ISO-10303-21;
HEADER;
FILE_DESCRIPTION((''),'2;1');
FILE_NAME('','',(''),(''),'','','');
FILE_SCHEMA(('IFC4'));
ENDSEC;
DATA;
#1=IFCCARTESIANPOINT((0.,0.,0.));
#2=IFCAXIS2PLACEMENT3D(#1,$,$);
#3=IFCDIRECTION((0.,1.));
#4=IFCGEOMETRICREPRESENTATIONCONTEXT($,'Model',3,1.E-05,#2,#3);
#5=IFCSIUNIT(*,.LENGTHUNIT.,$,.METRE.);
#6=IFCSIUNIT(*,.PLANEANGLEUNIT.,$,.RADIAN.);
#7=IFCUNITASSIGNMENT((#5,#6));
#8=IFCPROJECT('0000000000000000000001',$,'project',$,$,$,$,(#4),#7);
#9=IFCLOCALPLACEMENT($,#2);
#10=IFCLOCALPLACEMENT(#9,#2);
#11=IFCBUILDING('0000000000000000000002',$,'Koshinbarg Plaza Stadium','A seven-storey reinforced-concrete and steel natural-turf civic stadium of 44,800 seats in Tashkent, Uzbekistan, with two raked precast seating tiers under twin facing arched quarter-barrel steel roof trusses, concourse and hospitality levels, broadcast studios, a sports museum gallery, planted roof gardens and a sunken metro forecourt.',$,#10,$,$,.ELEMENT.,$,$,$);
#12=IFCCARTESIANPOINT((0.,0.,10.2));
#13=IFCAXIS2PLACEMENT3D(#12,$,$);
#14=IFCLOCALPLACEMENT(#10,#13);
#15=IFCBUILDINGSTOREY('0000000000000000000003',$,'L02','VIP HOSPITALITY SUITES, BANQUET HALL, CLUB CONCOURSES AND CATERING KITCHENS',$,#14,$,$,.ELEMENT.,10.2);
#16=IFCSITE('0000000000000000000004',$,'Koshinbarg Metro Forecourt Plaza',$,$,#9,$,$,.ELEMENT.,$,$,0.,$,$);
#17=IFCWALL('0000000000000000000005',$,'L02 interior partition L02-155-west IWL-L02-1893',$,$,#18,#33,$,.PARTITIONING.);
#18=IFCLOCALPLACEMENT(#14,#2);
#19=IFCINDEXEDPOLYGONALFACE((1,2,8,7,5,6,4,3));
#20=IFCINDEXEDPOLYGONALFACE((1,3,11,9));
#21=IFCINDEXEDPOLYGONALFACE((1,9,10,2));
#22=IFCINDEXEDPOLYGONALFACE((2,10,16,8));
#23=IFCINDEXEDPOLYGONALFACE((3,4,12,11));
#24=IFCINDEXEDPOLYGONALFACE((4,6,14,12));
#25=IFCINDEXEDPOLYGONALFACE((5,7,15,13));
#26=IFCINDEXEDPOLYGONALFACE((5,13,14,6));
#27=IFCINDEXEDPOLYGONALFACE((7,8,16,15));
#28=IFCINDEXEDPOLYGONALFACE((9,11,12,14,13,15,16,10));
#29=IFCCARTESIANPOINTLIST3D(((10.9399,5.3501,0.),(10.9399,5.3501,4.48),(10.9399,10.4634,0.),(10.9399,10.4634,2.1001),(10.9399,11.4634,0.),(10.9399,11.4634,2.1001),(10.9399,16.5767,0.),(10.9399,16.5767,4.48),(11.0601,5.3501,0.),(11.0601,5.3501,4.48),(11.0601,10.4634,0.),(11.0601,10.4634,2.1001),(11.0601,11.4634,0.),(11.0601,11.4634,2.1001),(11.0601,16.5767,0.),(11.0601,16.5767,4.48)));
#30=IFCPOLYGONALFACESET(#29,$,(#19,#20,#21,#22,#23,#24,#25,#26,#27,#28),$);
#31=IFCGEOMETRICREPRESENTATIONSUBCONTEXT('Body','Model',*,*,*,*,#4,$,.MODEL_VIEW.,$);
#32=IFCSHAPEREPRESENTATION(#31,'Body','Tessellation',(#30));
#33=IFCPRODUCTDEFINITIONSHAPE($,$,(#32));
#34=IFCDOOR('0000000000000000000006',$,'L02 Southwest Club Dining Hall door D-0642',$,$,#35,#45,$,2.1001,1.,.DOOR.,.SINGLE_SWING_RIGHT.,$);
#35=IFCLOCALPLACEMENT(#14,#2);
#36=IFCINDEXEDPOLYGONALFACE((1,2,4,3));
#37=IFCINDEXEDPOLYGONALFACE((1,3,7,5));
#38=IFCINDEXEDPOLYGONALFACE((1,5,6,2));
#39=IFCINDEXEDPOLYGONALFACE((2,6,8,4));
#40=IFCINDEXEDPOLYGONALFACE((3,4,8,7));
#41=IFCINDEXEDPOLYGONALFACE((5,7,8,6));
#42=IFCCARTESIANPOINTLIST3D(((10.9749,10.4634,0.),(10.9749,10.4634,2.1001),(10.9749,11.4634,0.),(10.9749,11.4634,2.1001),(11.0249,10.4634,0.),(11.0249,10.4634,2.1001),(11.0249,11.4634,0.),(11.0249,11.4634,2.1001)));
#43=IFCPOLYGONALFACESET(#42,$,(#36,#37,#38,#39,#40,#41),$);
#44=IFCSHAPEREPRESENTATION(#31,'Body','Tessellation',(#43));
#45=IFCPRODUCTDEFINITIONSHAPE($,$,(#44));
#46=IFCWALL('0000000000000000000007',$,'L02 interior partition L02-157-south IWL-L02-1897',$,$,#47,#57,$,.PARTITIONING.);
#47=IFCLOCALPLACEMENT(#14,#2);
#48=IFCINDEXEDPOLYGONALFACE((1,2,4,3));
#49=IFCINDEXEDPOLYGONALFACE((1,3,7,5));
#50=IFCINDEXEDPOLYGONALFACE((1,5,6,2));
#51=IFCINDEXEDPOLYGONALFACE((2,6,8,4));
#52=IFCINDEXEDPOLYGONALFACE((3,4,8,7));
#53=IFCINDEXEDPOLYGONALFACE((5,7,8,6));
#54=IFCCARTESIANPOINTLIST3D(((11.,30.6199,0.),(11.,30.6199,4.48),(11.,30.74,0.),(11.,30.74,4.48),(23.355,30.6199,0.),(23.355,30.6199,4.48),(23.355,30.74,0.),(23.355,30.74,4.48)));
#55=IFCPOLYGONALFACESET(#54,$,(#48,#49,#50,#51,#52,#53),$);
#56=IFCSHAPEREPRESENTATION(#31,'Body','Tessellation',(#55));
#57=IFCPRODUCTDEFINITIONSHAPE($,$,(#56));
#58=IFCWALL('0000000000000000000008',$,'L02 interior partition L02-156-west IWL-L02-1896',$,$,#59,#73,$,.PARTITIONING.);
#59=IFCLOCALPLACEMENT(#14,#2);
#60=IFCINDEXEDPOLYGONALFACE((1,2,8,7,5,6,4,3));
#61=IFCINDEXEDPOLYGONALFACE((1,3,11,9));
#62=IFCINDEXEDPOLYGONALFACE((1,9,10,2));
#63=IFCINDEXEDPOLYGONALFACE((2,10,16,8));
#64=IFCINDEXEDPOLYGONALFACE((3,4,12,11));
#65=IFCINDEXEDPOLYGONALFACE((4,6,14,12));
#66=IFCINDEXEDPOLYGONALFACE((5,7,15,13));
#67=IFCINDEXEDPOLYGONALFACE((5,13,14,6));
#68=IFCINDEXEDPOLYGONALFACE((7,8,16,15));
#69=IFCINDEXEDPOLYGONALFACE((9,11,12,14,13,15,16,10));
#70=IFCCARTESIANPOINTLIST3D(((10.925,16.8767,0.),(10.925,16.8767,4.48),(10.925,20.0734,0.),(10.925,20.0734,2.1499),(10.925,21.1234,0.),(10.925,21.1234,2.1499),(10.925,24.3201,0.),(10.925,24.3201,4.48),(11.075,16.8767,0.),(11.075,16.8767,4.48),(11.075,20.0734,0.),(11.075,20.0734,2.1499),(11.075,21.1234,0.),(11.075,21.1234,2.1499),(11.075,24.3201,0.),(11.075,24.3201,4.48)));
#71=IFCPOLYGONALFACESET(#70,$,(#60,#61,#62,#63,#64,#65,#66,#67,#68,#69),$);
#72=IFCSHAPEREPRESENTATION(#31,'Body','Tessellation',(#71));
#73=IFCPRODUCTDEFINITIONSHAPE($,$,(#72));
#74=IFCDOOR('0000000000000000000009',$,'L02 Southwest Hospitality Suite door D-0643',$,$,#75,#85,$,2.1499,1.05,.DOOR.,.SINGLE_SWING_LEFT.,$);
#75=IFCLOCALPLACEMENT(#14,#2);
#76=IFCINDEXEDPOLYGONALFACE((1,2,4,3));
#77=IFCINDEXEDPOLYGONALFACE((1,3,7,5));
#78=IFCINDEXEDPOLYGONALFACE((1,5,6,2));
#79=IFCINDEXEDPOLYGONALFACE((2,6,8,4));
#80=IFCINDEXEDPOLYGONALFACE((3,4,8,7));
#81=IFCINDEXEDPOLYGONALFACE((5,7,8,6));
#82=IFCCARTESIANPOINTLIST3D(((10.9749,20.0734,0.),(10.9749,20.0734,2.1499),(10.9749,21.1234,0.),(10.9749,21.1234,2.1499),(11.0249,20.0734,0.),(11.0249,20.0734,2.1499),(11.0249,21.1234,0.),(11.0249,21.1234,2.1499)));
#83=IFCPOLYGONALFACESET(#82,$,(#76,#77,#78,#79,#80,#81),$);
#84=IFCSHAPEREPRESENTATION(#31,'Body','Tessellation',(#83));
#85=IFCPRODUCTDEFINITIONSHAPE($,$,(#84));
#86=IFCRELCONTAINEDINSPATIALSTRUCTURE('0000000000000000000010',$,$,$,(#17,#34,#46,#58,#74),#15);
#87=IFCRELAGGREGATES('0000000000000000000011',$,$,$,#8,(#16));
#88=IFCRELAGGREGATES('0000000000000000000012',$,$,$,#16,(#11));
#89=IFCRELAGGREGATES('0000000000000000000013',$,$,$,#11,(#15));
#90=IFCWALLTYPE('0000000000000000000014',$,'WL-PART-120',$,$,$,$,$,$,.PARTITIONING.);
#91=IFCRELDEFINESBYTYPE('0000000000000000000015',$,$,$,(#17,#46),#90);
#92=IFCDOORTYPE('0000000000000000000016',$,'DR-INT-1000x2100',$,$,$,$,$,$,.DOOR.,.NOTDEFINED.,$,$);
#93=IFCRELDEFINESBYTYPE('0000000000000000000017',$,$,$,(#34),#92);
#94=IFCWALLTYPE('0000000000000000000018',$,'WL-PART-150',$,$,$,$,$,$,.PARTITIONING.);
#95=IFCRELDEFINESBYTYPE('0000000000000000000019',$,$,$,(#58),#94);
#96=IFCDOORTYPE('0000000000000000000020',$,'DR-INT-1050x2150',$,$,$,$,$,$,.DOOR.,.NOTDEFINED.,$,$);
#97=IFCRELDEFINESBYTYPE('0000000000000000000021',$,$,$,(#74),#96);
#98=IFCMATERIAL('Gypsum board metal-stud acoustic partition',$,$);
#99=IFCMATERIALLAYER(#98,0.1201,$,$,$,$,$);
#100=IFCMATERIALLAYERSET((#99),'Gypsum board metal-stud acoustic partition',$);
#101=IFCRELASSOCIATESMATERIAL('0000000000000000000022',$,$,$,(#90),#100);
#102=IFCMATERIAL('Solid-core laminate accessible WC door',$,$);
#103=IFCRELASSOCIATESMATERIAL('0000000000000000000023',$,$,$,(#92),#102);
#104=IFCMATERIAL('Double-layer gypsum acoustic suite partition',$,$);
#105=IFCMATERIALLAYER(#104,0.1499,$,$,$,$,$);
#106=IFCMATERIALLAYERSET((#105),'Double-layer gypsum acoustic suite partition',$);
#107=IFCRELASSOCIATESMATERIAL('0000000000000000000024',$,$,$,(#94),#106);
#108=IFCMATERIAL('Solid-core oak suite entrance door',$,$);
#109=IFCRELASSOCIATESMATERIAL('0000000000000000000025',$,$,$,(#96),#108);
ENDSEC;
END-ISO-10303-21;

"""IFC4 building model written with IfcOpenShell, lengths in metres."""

from ifc_helpers import new_model, si_unit, direction, frame, frame_2d, origin, place, context, subcontext, project, spatial, rectangle, extrude, material, layer, layer_set, type_object, element, fill, save


model = new_model("IFC4")

# Units and contexts
model_context = context("Model", 3, precision=1e-05, world=origin(), true_north=direction((0.0, 1.0)))
body_context = subcontext(model_context, "Body", "Model", "MODEL_VIEW")
ifc_project = project(units=[si_unit("LENGTHUNIT", "METRE"), si_unit("PLANEANGLEUNIT", "RADIAN")], contexts=[model_context])

# Site, building, storey
site_placement = place(None, origin())
site = spatial("IfcSite", under=ifc_project, at=site_placement, Name="Koshinbarg Metro Forecourt Plaza", CompositionType="ELEMENT", RefElevation=0.0)
building_placement = place(site_placement, origin())
building = spatial("IfcBuilding", under=site, at=building_placement, Name="Koshinbarg Plaza Stadium", Description="A seven-storey reinforced-concrete and steel natural-turf civic stadium of 44,800 seats in Tashkent, Uzbekistan, with two raked precast seating tiers under twin facing arched quarter-barrel steel roof trusses, concourse and hospitality levels, broadcast studios, a sports museum gallery, planted roof gardens and a sunken metro forecourt.", CompositionType="ELEMENT")
storey_placement = place(building_placement, frame((0.0, 0.0, 10.2)))
storey = spatial("IfcBuildingStorey", under=building, at=storey_placement, Name="L02", Description="VIP HOSPITALITY SUITES, BANQUET HALL, CLUB CONCOURSES AND CATERING KITCHENS", CompositionType="ELEMENT", Elevation=10.2)

# Shared definitions
ifc_material_1 = material(Name="Gypsum board metal-stud acoustic partition")
ifc_layer_1 = layer(ifc_material_1, 0.1201)
ifc_layer_set_1 = layer_set([ifc_layer_1], Name="Gypsum board metal-stud acoustic partition")
wall_type_1 = type_object("IfcWallType", Name="WL-PART-120", PredefinedType="PARTITIONING", material=ifc_layer_set_1)

# Wall, opening, door
wall_1_placement = place(storey_placement, frame((11.0, 16.5767, 0.0), z_axis=(0.0, 0.0, 1.0), x_axis=(0.0, -1.0, 0.0)))
wall_1 = element("IfcWall", 1, at=wall_1_placement, inside=storey, type_object=wall_type_1, Name="L02 interior partition L02-155-west IWL-L02-1893", PredefinedType="PARTITIONING", context=body_context, shape_type="SweptSolid", body=[
    extrude(rectangle(XDim=11.2266, YDim=0.1201, at=frame_2d((5.6133, 0.0))), origin(), (0.0, 0.0, 1.0), 4.48),
])
opening_1_placement = place(wall_1_placement, frame((5.1133, 0.0, 0.0)))
opening_1 = element("IfcOpeningElement", 2, at=opening_1_placement, cuts=wall_1, PredefinedType="OPENING", context=body_context, shape_type="SweptSolid", body=[
    extrude(rectangle(XDim=1.0, YDim=2.1001, at=frame_2d((0.5, 1.05))), frame((0.0, 0.0701, 0.0), z_axis=(0.0, -1.0, 0.0), x_axis=(1.0, 0.0, 0.0)), (0.0, 0.0, 1.0), 0.1401),
])
ifc_material_2 = material(Name="Solid-core laminate accessible WC door")
door_type_1 = type_object("IfcDoorType", Name="DR-INT-1000x2100", OperationType="NOTDEFINED", PredefinedType="DOOR", material=ifc_material_2)
door_1_placement = place(opening_1_placement, origin())
door_1 = element("IfcDoor", 3, at=door_1_placement, inside=storey, type_object=door_type_1, Name="L02 Southwest Club Dining Hall door D-0642", OperationType="SINGLE_SWING_RIGHT", OverallHeight=2.1001, OverallWidth=1.0, PredefinedType="DOOR", context=body_context, shape_type="SweptSolid", body=[
    extrude(rectangle(XDim=1.0, YDim=2.1001, at=frame_2d((0.5, 1.05))), frame((0.0, 0.0249, 0.0), z_axis=(0.0, -1.0, 0.0), x_axis=(1.0, 0.0, 0.0)), (0.0, 0.0, 1.0), 0.05),
])
fill(opening_1, door_1)

# Wall
wall_2_placement = place(storey_placement, frame((11.0, 30.6799, 0.0), z_axis=(0.0, 0.0, 1.0), x_axis=(1.0, 0.0, 0.0)))
element("IfcWall", 4, at=wall_2_placement, inside=storey, type_object=wall_type_1, Name="L02 interior partition L02-157-south IWL-L02-1897", PredefinedType="PARTITIONING", context=body_context, shape_type="SweptSolid", body=[
    extrude(rectangle(XDim=12.355, YDim=0.1201, at=frame_2d((6.1775, 0.0))), origin(), (0.0, 0.0, 1.0), 4.48),
])

# Wall, opening, door
ifc_material_3 = material(Name="Double-layer gypsum acoustic suite partition")
ifc_layer_2 = layer(ifc_material_3, 0.1499)
ifc_layer_set_2 = layer_set([ifc_layer_2], Name="Double-layer gypsum acoustic suite partition")
wall_type_2 = type_object("IfcWallType", Name="WL-PART-150", PredefinedType="PARTITIONING", material=ifc_layer_set_2)
wall_3_placement = place(storey_placement, frame((11.0, 24.3201, 0.0), z_axis=(0.0, 0.0, 1.0), x_axis=(0.0, -1.0, 0.0)))
wall_3 = element("IfcWall", 5, at=wall_3_placement, inside=storey, type_object=wall_type_2, Name="L02 interior partition L02-156-west IWL-L02-1896", PredefinedType="PARTITIONING", context=body_context, shape_type="SweptSolid", body=[
    extrude(rectangle(XDim=7.4434, YDim=0.1499, at=frame_2d((3.7217, 0.0))), origin(), (0.0, 0.0, 1.0), 4.48),
])
opening_2_placement = place(wall_3_placement, frame((3.1968, 0.0, 0.0)))
opening_2 = element("IfcOpeningElement", 6, at=opening_2_placement, cuts=wall_3, PredefinedType="OPENING", context=body_context, shape_type="SweptSolid", body=[
    extrude(rectangle(XDim=1.05, YDim=2.1499, at=frame_2d((0.5249, 1.075))), frame((0.0, 0.085, 0.0), z_axis=(0.0, -1.0, 0.0), x_axis=(1.0, 0.0, 0.0)), (0.0, 0.0, 1.0), 0.1699),
])
ifc_material_4 = material(Name="Solid-core oak suite entrance door")
door_type_2 = type_object("IfcDoorType", Name="DR-INT-1050x2150", OperationType="NOTDEFINED", PredefinedType="DOOR", material=ifc_material_4)
door_2_placement = place(opening_2_placement, origin())
door_2 = element("IfcDoor", 7, at=door_2_placement, inside=storey, type_object=door_type_2, Name="L02 Southwest Hospitality Suite door D-0643", OperationType="SINGLE_SWING_LEFT", OverallHeight=2.1499, OverallWidth=1.05, PredefinedType="DOOR", context=body_context, shape_type="SweptSolid", body=[
    extrude(rectangle(XDim=1.05, YDim=2.1499, at=frame_2d((0.5249, 1.075))), frame((0.0, 0.0249, 0.0), z_axis=(0.0, -1.0, 0.0), x_axis=(1.0, 0.0, 0.0)), (0.0, 0.0, 1.0), 0.05),
])
fill(opening_2, door_2)

save(model, "model.ifc")
